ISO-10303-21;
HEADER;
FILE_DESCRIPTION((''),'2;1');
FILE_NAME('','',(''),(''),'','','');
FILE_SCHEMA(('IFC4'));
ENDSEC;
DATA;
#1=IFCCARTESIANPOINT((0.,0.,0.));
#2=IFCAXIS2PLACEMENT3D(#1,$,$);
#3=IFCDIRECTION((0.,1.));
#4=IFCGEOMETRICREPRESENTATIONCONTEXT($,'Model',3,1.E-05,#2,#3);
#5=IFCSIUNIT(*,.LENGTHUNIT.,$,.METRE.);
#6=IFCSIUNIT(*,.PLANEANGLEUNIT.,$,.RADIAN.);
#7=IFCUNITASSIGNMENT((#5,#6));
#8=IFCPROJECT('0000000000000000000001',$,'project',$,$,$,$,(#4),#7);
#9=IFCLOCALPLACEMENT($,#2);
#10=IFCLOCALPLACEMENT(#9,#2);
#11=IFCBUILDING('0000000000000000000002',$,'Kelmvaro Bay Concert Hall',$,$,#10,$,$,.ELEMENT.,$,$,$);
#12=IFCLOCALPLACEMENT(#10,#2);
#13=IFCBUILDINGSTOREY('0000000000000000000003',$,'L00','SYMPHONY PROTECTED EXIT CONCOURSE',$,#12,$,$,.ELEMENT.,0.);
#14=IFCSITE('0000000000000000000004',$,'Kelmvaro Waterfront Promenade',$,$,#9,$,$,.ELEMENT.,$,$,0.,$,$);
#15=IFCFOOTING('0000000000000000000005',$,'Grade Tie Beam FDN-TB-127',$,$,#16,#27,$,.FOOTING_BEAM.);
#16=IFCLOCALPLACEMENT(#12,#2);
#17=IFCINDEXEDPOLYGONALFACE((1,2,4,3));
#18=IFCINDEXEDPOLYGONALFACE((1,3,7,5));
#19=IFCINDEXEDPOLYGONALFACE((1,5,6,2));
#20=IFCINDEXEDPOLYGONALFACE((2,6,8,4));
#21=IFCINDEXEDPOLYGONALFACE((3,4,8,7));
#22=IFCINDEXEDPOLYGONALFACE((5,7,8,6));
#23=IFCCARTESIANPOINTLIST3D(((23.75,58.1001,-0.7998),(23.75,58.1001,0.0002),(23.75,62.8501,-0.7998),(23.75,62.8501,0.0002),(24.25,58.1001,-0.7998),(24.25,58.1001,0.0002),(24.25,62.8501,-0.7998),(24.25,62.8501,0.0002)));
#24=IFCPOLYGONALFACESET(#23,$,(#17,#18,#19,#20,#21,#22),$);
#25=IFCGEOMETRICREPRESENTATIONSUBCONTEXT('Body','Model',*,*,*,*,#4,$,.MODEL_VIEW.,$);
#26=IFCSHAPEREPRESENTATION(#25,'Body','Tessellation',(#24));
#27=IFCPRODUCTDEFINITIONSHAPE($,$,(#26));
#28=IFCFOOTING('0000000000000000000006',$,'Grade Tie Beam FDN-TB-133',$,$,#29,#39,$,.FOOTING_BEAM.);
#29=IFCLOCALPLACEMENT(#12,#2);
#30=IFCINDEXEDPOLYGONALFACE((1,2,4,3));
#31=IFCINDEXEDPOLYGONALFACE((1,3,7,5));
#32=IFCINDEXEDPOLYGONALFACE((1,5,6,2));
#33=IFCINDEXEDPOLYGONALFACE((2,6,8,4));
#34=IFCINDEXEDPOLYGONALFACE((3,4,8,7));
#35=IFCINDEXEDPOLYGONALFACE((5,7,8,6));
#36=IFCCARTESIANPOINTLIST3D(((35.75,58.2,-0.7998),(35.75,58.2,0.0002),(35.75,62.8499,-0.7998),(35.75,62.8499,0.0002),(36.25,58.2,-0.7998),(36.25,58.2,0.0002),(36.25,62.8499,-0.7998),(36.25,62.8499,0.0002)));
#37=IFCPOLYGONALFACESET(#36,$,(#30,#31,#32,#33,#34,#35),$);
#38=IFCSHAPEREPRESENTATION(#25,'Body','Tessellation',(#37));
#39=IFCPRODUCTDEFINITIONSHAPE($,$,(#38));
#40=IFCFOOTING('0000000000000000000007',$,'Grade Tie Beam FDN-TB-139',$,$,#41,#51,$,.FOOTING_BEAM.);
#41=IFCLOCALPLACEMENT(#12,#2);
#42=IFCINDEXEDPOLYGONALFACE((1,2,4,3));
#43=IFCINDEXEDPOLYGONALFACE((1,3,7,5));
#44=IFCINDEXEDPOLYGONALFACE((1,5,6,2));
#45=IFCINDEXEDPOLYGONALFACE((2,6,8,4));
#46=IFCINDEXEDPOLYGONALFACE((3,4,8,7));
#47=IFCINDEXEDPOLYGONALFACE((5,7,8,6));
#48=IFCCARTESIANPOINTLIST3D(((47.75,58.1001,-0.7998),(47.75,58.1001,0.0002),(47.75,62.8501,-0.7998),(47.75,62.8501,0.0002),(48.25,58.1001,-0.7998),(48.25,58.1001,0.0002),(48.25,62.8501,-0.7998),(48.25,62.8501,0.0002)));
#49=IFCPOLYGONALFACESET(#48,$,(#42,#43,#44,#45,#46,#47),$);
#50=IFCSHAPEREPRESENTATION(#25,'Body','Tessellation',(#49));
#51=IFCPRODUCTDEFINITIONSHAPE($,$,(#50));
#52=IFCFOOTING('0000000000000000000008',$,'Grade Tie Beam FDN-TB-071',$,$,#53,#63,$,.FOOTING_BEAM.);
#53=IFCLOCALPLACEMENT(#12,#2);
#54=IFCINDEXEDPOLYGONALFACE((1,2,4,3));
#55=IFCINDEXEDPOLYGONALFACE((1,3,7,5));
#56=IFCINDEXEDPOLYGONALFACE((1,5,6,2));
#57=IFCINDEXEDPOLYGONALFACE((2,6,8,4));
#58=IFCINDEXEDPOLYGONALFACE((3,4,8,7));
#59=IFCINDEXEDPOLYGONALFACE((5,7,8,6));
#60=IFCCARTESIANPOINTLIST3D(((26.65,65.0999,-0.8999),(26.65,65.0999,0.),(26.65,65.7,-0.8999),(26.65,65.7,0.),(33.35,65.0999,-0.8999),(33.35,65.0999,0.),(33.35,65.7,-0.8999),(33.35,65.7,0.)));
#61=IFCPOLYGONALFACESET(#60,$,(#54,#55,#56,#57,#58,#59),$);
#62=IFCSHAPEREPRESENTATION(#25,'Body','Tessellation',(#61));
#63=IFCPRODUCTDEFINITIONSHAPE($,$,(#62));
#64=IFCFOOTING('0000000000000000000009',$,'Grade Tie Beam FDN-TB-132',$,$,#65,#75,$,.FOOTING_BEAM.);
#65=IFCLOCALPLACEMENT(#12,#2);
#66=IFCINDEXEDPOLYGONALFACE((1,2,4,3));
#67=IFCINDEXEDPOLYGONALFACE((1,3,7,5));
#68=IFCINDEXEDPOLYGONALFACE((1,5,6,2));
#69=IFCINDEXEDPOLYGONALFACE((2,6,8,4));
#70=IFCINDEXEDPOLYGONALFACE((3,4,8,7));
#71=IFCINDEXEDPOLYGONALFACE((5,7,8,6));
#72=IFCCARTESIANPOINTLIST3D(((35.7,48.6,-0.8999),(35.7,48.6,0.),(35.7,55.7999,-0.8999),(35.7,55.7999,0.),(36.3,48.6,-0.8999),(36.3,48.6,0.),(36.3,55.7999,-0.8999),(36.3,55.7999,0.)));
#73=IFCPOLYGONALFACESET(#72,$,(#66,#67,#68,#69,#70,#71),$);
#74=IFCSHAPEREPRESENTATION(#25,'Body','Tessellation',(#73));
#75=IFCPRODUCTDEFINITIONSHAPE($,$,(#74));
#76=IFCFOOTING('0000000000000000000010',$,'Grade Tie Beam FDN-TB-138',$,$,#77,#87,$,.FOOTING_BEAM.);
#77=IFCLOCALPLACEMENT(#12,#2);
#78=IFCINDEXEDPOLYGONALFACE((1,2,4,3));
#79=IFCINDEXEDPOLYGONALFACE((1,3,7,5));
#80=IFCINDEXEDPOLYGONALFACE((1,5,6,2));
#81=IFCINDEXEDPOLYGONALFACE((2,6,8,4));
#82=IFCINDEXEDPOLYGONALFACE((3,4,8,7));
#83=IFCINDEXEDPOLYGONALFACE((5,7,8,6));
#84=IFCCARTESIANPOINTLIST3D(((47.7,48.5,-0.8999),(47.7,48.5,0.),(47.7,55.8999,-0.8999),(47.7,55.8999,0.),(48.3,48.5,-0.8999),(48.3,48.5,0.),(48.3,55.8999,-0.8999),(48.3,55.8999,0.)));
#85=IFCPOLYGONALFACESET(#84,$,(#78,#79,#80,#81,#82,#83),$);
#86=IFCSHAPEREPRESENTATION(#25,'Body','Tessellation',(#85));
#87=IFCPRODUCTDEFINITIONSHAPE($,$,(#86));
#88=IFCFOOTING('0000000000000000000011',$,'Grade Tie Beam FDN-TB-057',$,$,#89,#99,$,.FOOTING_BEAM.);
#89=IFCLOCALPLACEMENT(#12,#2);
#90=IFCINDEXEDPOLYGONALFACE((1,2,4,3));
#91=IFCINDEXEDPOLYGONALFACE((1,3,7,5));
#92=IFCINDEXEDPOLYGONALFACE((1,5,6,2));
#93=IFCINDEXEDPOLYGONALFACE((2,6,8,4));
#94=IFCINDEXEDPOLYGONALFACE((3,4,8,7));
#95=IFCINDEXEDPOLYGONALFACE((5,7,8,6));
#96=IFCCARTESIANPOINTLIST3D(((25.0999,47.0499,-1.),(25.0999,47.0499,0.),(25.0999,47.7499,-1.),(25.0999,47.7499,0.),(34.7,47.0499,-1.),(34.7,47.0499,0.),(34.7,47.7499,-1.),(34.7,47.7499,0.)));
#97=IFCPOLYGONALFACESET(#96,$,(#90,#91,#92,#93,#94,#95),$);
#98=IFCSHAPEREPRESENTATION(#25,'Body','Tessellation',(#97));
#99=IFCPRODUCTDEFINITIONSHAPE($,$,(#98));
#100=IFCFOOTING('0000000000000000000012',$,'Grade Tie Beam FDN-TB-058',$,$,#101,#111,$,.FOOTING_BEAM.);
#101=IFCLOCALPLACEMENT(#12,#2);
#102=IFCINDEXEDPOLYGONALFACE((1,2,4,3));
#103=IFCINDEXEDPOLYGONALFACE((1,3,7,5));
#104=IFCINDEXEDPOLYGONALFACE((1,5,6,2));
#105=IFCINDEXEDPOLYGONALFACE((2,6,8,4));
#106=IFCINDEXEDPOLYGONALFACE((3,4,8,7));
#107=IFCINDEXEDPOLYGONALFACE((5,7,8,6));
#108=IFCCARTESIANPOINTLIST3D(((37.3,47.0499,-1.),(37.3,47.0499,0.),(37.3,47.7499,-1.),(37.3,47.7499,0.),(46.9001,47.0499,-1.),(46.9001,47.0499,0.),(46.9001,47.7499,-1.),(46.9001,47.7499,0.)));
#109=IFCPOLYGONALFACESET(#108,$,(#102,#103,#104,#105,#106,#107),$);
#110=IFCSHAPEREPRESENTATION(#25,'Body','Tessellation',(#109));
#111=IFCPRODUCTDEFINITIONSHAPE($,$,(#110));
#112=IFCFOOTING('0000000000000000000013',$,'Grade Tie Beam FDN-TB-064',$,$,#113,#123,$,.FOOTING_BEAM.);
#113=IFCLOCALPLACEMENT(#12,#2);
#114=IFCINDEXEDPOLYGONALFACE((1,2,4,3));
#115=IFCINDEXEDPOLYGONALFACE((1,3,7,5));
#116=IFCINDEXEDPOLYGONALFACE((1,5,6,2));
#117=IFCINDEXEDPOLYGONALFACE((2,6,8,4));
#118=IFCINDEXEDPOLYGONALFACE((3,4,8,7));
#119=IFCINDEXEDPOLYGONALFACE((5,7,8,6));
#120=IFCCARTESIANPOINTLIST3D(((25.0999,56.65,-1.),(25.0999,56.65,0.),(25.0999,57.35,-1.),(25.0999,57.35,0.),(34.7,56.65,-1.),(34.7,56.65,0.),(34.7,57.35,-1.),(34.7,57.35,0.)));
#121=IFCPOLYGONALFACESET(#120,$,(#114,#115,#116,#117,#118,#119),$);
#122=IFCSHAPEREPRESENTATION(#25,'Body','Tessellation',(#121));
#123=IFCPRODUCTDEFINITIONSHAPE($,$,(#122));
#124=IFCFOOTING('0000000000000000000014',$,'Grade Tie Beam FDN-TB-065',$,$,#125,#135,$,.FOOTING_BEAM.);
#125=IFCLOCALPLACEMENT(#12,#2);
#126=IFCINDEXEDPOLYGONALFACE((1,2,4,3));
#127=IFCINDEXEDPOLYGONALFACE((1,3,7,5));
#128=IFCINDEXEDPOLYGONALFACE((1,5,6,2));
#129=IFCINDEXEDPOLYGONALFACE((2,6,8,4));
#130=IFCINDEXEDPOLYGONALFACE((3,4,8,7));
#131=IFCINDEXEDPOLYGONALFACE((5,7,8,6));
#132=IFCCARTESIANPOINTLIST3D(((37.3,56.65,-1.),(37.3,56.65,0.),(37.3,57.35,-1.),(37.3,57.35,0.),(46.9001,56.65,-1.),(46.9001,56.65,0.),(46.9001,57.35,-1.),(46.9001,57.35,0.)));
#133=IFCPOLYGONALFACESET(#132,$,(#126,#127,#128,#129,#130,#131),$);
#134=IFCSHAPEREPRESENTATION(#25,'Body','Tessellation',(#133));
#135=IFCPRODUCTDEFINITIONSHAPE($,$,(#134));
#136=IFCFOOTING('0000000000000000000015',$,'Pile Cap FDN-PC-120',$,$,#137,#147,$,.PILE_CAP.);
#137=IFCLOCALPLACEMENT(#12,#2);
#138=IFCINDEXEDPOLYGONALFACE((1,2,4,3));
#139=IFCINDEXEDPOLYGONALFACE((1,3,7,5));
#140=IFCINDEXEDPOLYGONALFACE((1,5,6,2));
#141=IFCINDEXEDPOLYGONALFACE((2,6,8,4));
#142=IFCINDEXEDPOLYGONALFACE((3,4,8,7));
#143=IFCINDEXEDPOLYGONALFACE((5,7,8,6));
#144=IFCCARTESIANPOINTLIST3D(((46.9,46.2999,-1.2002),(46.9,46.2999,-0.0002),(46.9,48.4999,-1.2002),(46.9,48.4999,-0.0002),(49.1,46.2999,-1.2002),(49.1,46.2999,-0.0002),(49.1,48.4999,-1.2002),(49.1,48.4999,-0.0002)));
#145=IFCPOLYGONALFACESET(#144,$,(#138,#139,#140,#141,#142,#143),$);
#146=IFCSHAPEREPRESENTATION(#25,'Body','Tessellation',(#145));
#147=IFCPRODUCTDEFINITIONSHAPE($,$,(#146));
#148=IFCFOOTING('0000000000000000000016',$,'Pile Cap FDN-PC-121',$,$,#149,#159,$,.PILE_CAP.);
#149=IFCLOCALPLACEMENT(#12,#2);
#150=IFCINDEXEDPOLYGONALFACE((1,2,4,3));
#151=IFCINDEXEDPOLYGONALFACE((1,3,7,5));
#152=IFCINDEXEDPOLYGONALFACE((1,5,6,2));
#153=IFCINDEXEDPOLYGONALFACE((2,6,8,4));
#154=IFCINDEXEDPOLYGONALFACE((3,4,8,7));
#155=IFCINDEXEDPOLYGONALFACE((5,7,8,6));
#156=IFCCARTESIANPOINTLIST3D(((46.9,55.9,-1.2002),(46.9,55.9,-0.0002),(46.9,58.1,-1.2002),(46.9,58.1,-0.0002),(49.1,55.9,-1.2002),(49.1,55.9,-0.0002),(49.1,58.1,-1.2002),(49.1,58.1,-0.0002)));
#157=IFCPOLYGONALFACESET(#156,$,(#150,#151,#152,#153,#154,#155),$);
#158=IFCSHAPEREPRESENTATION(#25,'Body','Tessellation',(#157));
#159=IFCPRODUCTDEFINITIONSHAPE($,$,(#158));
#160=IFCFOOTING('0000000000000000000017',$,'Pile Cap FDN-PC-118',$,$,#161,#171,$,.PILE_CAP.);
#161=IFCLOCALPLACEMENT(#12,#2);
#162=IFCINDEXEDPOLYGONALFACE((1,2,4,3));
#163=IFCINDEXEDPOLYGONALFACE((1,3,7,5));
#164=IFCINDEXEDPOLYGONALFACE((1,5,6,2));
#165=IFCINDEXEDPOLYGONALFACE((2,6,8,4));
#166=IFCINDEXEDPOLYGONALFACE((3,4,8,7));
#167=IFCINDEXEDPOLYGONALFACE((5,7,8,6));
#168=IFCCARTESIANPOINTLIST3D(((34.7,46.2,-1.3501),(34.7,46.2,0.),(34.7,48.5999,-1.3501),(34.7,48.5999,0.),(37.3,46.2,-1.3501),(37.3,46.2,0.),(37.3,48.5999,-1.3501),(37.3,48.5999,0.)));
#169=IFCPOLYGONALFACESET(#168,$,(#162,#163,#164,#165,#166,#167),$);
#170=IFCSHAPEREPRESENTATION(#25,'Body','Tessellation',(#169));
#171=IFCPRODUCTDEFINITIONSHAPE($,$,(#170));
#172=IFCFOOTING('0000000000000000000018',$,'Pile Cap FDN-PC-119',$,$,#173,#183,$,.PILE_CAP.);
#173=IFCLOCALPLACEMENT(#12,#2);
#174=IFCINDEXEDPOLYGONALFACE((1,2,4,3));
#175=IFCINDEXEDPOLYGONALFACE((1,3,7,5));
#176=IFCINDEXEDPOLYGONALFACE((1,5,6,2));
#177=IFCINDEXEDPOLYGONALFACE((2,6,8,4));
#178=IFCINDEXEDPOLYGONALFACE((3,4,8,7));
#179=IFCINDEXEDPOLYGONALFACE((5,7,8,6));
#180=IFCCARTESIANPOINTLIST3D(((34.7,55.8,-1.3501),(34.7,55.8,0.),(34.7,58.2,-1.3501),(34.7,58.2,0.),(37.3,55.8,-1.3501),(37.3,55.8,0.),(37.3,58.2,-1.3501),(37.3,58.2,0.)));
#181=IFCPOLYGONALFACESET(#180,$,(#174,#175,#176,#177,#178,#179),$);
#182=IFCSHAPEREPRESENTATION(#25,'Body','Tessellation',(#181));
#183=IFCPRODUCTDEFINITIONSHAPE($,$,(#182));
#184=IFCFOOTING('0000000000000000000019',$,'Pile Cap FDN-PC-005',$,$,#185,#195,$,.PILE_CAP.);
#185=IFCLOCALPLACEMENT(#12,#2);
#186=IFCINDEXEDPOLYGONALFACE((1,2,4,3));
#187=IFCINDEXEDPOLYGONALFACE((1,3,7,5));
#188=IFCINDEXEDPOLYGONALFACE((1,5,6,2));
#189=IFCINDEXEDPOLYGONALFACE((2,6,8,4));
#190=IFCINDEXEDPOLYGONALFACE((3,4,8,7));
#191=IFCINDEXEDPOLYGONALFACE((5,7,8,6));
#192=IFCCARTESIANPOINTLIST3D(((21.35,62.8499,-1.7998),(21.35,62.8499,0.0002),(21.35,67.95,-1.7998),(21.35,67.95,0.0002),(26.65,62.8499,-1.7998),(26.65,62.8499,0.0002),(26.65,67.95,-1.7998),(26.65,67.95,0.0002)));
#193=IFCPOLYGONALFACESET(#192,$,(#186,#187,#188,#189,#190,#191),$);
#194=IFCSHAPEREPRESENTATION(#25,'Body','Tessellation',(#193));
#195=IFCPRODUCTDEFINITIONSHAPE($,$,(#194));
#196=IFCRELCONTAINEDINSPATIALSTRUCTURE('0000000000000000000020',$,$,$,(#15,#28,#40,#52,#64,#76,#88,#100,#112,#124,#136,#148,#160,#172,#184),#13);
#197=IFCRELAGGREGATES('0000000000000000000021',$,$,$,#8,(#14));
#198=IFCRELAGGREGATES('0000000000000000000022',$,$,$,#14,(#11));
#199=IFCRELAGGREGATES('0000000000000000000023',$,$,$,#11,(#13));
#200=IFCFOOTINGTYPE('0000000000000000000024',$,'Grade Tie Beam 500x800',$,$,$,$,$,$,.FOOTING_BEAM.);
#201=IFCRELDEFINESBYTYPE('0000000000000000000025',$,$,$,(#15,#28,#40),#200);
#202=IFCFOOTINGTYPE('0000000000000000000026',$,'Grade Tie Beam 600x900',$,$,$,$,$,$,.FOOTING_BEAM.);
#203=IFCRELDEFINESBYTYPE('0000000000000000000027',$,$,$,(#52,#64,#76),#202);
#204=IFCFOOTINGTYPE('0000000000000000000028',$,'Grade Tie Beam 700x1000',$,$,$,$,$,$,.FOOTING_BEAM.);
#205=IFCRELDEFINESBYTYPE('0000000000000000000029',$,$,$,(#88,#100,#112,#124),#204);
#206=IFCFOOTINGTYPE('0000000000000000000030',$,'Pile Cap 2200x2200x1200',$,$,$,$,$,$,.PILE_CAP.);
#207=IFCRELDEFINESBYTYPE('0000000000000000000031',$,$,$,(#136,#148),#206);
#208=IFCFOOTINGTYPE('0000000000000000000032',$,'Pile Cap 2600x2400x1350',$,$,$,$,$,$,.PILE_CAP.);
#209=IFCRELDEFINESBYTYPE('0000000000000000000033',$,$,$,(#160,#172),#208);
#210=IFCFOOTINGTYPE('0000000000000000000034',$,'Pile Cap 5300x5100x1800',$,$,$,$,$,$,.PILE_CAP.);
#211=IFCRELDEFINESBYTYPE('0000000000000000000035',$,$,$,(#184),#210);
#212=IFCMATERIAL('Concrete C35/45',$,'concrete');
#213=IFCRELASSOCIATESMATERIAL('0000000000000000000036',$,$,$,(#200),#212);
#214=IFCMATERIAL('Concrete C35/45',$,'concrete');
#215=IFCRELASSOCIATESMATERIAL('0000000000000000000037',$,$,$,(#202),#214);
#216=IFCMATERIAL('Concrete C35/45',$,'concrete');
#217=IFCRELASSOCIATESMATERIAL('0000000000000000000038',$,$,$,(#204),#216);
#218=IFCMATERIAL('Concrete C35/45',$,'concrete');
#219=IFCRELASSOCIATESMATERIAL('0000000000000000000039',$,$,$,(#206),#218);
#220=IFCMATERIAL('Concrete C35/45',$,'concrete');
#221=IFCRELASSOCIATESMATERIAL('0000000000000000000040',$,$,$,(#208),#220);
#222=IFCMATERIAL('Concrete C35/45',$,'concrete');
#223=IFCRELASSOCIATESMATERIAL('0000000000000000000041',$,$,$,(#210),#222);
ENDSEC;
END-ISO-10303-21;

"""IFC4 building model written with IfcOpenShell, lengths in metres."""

from ifc_helpers import new_model, si_unit, direction, frame, origin, origin_2d, place, context, subcontext, project, spatial, rectangle, extrude, material, type_object, element, save


model = new_model("IFC4")

# Units and contexts
model_context = context("Model", 3, precision=1e-05, world=origin(), true_north=direction((0.0, 1.0)))
body_context = subcontext(model_context, "Body", "Model", "MODEL_VIEW")
ifc_project = project(units=[si_unit("LENGTHUNIT", "METRE"), si_unit("PLANEANGLEUNIT", "RADIAN")], contexts=[model_context])

# Site, building, storey
site_placement = place(None, origin())
site = spatial("IfcSite", under=ifc_project, at=site_placement, Name="Kelmvaro Waterfront Promenade", CompositionType="ELEMENT", RefElevation=0.0)
building_placement = place(site_placement, origin())
building = spatial("IfcBuilding", under=site, at=building_placement, Name="Kelmvaro Bay Concert Hall", CompositionType="ELEMENT")
storey_placement = place(building_placement, origin())
storey = spatial("IfcBuildingStorey", under=building, at=storey_placement, Name="L00", Description="SYMPHONY PROTECTED EXIT CONCOURSE", CompositionType="ELEMENT", Elevation=0.0)

# Footings
ifc_material_1 = material(Name="Concrete C35/45", Category="concrete")
footing_type_1 = type_object("IfcFootingType", Name="Grade Tie Beam 500x800", PredefinedType="FOOTING_BEAM", material=ifc_material_1)
footing_1_placement = place(storey_placement, frame((24.0, 60.4751, -0.7998), z_axis=(0.0, 0.0, 1.0), x_axis=(0.0, 1.0, 0.0)))
element("IfcFooting", 1, at=footing_1_placement, inside=storey, type_object=footing_type_1, Name="Grade Tie Beam FDN-TB-127", PredefinedType="FOOTING_BEAM", context=body_context, shape_type="SweptSolid", body=[
    extrude(rectangle(XDim=4.75, YDim=0.5, at=origin_2d()), origin(), (0.0, 0.0, 1.0), 0.8),
])
footing_2_placement = place(storey_placement, frame((36.0, 60.5249, -0.7998), z_axis=(0.0, 0.0, 1.0), x_axis=(0.0, 1.0, 0.0)))
element("IfcFooting", 2, at=footing_2_placement, inside=storey, type_object=footing_type_1, Name="Grade Tie Beam FDN-TB-133", PredefinedType="FOOTING_BEAM", context=body_context, shape_type="SweptSolid", body=[
    extrude(rectangle(XDim=4.6499, YDim=0.5, at=origin_2d()), origin(), (0.0, 0.0, 1.0), 0.8),
])
footing_3_placement = place(storey_placement, frame((48.0, 60.4751, -0.7998), z_axis=(0.0, 0.0, 1.0), x_axis=(0.0, 1.0, 0.0)))
element("IfcFooting", 3, at=footing_3_placement, inside=storey, type_object=footing_type_1, Name="Grade Tie Beam FDN-TB-139", PredefinedType="FOOTING_BEAM", context=body_context, shape_type="SweptSolid", body=[
    extrude(rectangle(XDim=4.75, YDim=0.5, at=origin_2d()), origin(), (0.0, 0.0, 1.0), 0.8),
])
ifc_material_2 = material(Name="Concrete C35/45", Category="concrete")
footing_type_2 = type_object("IfcFootingType", Name="Grade Tie Beam 600x900", PredefinedType="FOOTING_BEAM", material=ifc_material_2)
footing_4_placement = place(storey_placement, frame((30.0, 65.3999, -0.8999), z_axis=(0.0, 0.0, 1.0), x_axis=(1.0, 0.0, 0.0)))
element("IfcFooting", 4, at=footing_4_placement, inside=storey, type_object=footing_type_2, Name="Grade Tie Beam FDN-TB-071", PredefinedType="FOOTING_BEAM", context=body_context, shape_type="SweptSolid", body=[
    extrude(rectangle(XDim=6.7, YDim=0.6001, at=origin_2d()), origin(), (0.0, 0.0, 1.0), 0.8999),
])
footing_5_placement = place(storey_placement, frame((36.0, 52.2, -0.8999), z_axis=(0.0, 0.0, 1.0), x_axis=(0.0, 1.0, 0.0)))
element("IfcFooting", 5, at=footing_5_placement, inside=storey, type_object=footing_type_2, Name="Grade Tie Beam FDN-TB-132", PredefinedType="FOOTING_BEAM", context=body_context, shape_type="SweptSolid", body=[
    extrude(rectangle(XDim=7.2, YDim=0.6001, at=origin_2d()), origin(), (0.0, 0.0, 1.0), 0.8999),
])
footing_6_placement = place(storey_placement, frame((48.0, 52.2, -0.8999), z_axis=(0.0, 0.0, 1.0), x_axis=(0.0, 1.0, 0.0)))
element("IfcFooting", 6, at=footing_6_placement, inside=storey, type_object=footing_type_2, Name="Grade Tie Beam FDN-TB-138", PredefinedType="FOOTING_BEAM", context=body_context, shape_type="SweptSolid", body=[
    extrude(rectangle(XDim=7.3999, YDim=0.6001, at=origin_2d()), origin(), (0.0, 0.0, 1.0), 0.8999),
])
ifc_material_3 = material(Name="Concrete C35/45", Category="concrete")
footing_type_3 = type_object("IfcFootingType", Name="Grade Tie Beam 700x1000", PredefinedType="FOOTING_BEAM", material=ifc_material_3)
for number, where, z_axis, x_axis, name in (
    (7, (29.8999, 47.3999, -1.0), (0.0, 0.0, 1.0), (1.0, 0.0, 0.0), "Grade Tie Beam FDN-TB-057"),
    (8, (42.1001, 47.3999, -1.0), (0.0, 0.0, 1.0), (1.0, 0.0, 0.0), "Grade Tie Beam FDN-TB-058"),
    (9, (29.8999, 57.0, -1.0), (0.0, 0.0, 1.0), (1.0, 0.0, 0.0), "Grade Tie Beam FDN-TB-064"),
    (10, (42.1001, 57.0, -1.0), (0.0, 0.0, 1.0), (1.0, 0.0, 0.0), "Grade Tie Beam FDN-TB-065"),
):
    element("IfcFooting", number, at=place(storey_placement, frame(where, z_axis=z_axis, x_axis=x_axis)), inside=storey, type_object=footing_type_3, Name=name, PredefinedType="FOOTING_BEAM", context=body_context, shape_type="SweptSolid", body=[
        extrude(rectangle(XDim=9.6001, YDim=0.7, at=origin_2d()), origin(), (0.0, 0.0, 1.0), 1.0),
    ])
ifc_material_4 = material(Name="Concrete C35/45", Category="concrete")
footing_type_4 = type_object("IfcFootingType", Name="Pile Cap 2200x2200x1200", PredefinedType="PILE_CAP", material=ifc_material_4)
for number, where, z_axis, x_axis, name in (
    (11, (48.0, 47.3999, -1.2002), (0.0, 0.0, 1.0), (1.0, 0.0, 0.0), "Pile Cap FDN-PC-120"),
    (12, (48.0, 57.0, -1.2002), (0.0, 0.0, 1.0), (1.0, 0.0, 0.0), "Pile Cap FDN-PC-121"),
):
    element("IfcFooting", number, at=place(storey_placement, frame(where, z_axis=z_axis, x_axis=x_axis)), inside=storey, type_object=footing_type_4, Name=name, PredefinedType="PILE_CAP", context=body_context, shape_type="SweptSolid", body=[
        extrude(rectangle(XDim=2.2, YDim=2.2, at=origin_2d()), origin(), (0.0, 0.0, 1.0), 1.2),
    ])
ifc_material_5 = material(Name="Concrete C35/45", Category="concrete")
footing_type_5 = type_object("IfcFootingType", Name="Pile Cap 2600x2400x1350", PredefinedType="PILE_CAP", material=ifc_material_5)
for number, where, z_axis, x_axis, name in (
    (13, (36.0, 47.3999, -1.3501), (0.0, 0.0, 1.0), (1.0, 0.0, 0.0), "Pile Cap FDN-PC-118"),
    (14, (36.0, 57.0, -1.3501), (0.0, 0.0, 1.0), (1.0, 0.0, 0.0), "Pile Cap FDN-PC-119"),
):
    element("IfcFooting", number, at=place(storey_placement, frame(where, z_axis=z_axis, x_axis=x_axis)), inside=storey, type_object=footing_type_5, Name=name, PredefinedType="PILE_CAP", context=body_context, shape_type="SweptSolid", body=[
        extrude(rectangle(XDim=2.6001, YDim=2.3999, at=origin_2d()), origin(), (0.0, 0.0, 1.0), 1.3501),
    ])
ifc_material_6 = material(Name="Concrete C35/45", Category="concrete")
footing_type_6 = type_object("IfcFootingType", Name="Pile Cap 5300x5100x1800", PredefinedType="PILE_CAP", material=ifc_material_6)
footing_7_placement = place(storey_placement, frame((24.0, 65.3999, -1.7998), z_axis=(0.0, 0.0, 1.0), x_axis=(1.0, 0.0, 0.0)))
element("IfcFooting", 15, at=footing_7_placement, inside=storey, type_object=footing_type_6, Name="Pile Cap FDN-PC-005", PredefinedType="PILE_CAP", context=body_context, shape_type="SweptSolid", body=[
    extrude(rectangle(XDim=5.3, YDim=5.1001, at=origin_2d()), origin(), (0.0, 0.0, 1.0), 1.8),
])

save(model, "model.ifc")
